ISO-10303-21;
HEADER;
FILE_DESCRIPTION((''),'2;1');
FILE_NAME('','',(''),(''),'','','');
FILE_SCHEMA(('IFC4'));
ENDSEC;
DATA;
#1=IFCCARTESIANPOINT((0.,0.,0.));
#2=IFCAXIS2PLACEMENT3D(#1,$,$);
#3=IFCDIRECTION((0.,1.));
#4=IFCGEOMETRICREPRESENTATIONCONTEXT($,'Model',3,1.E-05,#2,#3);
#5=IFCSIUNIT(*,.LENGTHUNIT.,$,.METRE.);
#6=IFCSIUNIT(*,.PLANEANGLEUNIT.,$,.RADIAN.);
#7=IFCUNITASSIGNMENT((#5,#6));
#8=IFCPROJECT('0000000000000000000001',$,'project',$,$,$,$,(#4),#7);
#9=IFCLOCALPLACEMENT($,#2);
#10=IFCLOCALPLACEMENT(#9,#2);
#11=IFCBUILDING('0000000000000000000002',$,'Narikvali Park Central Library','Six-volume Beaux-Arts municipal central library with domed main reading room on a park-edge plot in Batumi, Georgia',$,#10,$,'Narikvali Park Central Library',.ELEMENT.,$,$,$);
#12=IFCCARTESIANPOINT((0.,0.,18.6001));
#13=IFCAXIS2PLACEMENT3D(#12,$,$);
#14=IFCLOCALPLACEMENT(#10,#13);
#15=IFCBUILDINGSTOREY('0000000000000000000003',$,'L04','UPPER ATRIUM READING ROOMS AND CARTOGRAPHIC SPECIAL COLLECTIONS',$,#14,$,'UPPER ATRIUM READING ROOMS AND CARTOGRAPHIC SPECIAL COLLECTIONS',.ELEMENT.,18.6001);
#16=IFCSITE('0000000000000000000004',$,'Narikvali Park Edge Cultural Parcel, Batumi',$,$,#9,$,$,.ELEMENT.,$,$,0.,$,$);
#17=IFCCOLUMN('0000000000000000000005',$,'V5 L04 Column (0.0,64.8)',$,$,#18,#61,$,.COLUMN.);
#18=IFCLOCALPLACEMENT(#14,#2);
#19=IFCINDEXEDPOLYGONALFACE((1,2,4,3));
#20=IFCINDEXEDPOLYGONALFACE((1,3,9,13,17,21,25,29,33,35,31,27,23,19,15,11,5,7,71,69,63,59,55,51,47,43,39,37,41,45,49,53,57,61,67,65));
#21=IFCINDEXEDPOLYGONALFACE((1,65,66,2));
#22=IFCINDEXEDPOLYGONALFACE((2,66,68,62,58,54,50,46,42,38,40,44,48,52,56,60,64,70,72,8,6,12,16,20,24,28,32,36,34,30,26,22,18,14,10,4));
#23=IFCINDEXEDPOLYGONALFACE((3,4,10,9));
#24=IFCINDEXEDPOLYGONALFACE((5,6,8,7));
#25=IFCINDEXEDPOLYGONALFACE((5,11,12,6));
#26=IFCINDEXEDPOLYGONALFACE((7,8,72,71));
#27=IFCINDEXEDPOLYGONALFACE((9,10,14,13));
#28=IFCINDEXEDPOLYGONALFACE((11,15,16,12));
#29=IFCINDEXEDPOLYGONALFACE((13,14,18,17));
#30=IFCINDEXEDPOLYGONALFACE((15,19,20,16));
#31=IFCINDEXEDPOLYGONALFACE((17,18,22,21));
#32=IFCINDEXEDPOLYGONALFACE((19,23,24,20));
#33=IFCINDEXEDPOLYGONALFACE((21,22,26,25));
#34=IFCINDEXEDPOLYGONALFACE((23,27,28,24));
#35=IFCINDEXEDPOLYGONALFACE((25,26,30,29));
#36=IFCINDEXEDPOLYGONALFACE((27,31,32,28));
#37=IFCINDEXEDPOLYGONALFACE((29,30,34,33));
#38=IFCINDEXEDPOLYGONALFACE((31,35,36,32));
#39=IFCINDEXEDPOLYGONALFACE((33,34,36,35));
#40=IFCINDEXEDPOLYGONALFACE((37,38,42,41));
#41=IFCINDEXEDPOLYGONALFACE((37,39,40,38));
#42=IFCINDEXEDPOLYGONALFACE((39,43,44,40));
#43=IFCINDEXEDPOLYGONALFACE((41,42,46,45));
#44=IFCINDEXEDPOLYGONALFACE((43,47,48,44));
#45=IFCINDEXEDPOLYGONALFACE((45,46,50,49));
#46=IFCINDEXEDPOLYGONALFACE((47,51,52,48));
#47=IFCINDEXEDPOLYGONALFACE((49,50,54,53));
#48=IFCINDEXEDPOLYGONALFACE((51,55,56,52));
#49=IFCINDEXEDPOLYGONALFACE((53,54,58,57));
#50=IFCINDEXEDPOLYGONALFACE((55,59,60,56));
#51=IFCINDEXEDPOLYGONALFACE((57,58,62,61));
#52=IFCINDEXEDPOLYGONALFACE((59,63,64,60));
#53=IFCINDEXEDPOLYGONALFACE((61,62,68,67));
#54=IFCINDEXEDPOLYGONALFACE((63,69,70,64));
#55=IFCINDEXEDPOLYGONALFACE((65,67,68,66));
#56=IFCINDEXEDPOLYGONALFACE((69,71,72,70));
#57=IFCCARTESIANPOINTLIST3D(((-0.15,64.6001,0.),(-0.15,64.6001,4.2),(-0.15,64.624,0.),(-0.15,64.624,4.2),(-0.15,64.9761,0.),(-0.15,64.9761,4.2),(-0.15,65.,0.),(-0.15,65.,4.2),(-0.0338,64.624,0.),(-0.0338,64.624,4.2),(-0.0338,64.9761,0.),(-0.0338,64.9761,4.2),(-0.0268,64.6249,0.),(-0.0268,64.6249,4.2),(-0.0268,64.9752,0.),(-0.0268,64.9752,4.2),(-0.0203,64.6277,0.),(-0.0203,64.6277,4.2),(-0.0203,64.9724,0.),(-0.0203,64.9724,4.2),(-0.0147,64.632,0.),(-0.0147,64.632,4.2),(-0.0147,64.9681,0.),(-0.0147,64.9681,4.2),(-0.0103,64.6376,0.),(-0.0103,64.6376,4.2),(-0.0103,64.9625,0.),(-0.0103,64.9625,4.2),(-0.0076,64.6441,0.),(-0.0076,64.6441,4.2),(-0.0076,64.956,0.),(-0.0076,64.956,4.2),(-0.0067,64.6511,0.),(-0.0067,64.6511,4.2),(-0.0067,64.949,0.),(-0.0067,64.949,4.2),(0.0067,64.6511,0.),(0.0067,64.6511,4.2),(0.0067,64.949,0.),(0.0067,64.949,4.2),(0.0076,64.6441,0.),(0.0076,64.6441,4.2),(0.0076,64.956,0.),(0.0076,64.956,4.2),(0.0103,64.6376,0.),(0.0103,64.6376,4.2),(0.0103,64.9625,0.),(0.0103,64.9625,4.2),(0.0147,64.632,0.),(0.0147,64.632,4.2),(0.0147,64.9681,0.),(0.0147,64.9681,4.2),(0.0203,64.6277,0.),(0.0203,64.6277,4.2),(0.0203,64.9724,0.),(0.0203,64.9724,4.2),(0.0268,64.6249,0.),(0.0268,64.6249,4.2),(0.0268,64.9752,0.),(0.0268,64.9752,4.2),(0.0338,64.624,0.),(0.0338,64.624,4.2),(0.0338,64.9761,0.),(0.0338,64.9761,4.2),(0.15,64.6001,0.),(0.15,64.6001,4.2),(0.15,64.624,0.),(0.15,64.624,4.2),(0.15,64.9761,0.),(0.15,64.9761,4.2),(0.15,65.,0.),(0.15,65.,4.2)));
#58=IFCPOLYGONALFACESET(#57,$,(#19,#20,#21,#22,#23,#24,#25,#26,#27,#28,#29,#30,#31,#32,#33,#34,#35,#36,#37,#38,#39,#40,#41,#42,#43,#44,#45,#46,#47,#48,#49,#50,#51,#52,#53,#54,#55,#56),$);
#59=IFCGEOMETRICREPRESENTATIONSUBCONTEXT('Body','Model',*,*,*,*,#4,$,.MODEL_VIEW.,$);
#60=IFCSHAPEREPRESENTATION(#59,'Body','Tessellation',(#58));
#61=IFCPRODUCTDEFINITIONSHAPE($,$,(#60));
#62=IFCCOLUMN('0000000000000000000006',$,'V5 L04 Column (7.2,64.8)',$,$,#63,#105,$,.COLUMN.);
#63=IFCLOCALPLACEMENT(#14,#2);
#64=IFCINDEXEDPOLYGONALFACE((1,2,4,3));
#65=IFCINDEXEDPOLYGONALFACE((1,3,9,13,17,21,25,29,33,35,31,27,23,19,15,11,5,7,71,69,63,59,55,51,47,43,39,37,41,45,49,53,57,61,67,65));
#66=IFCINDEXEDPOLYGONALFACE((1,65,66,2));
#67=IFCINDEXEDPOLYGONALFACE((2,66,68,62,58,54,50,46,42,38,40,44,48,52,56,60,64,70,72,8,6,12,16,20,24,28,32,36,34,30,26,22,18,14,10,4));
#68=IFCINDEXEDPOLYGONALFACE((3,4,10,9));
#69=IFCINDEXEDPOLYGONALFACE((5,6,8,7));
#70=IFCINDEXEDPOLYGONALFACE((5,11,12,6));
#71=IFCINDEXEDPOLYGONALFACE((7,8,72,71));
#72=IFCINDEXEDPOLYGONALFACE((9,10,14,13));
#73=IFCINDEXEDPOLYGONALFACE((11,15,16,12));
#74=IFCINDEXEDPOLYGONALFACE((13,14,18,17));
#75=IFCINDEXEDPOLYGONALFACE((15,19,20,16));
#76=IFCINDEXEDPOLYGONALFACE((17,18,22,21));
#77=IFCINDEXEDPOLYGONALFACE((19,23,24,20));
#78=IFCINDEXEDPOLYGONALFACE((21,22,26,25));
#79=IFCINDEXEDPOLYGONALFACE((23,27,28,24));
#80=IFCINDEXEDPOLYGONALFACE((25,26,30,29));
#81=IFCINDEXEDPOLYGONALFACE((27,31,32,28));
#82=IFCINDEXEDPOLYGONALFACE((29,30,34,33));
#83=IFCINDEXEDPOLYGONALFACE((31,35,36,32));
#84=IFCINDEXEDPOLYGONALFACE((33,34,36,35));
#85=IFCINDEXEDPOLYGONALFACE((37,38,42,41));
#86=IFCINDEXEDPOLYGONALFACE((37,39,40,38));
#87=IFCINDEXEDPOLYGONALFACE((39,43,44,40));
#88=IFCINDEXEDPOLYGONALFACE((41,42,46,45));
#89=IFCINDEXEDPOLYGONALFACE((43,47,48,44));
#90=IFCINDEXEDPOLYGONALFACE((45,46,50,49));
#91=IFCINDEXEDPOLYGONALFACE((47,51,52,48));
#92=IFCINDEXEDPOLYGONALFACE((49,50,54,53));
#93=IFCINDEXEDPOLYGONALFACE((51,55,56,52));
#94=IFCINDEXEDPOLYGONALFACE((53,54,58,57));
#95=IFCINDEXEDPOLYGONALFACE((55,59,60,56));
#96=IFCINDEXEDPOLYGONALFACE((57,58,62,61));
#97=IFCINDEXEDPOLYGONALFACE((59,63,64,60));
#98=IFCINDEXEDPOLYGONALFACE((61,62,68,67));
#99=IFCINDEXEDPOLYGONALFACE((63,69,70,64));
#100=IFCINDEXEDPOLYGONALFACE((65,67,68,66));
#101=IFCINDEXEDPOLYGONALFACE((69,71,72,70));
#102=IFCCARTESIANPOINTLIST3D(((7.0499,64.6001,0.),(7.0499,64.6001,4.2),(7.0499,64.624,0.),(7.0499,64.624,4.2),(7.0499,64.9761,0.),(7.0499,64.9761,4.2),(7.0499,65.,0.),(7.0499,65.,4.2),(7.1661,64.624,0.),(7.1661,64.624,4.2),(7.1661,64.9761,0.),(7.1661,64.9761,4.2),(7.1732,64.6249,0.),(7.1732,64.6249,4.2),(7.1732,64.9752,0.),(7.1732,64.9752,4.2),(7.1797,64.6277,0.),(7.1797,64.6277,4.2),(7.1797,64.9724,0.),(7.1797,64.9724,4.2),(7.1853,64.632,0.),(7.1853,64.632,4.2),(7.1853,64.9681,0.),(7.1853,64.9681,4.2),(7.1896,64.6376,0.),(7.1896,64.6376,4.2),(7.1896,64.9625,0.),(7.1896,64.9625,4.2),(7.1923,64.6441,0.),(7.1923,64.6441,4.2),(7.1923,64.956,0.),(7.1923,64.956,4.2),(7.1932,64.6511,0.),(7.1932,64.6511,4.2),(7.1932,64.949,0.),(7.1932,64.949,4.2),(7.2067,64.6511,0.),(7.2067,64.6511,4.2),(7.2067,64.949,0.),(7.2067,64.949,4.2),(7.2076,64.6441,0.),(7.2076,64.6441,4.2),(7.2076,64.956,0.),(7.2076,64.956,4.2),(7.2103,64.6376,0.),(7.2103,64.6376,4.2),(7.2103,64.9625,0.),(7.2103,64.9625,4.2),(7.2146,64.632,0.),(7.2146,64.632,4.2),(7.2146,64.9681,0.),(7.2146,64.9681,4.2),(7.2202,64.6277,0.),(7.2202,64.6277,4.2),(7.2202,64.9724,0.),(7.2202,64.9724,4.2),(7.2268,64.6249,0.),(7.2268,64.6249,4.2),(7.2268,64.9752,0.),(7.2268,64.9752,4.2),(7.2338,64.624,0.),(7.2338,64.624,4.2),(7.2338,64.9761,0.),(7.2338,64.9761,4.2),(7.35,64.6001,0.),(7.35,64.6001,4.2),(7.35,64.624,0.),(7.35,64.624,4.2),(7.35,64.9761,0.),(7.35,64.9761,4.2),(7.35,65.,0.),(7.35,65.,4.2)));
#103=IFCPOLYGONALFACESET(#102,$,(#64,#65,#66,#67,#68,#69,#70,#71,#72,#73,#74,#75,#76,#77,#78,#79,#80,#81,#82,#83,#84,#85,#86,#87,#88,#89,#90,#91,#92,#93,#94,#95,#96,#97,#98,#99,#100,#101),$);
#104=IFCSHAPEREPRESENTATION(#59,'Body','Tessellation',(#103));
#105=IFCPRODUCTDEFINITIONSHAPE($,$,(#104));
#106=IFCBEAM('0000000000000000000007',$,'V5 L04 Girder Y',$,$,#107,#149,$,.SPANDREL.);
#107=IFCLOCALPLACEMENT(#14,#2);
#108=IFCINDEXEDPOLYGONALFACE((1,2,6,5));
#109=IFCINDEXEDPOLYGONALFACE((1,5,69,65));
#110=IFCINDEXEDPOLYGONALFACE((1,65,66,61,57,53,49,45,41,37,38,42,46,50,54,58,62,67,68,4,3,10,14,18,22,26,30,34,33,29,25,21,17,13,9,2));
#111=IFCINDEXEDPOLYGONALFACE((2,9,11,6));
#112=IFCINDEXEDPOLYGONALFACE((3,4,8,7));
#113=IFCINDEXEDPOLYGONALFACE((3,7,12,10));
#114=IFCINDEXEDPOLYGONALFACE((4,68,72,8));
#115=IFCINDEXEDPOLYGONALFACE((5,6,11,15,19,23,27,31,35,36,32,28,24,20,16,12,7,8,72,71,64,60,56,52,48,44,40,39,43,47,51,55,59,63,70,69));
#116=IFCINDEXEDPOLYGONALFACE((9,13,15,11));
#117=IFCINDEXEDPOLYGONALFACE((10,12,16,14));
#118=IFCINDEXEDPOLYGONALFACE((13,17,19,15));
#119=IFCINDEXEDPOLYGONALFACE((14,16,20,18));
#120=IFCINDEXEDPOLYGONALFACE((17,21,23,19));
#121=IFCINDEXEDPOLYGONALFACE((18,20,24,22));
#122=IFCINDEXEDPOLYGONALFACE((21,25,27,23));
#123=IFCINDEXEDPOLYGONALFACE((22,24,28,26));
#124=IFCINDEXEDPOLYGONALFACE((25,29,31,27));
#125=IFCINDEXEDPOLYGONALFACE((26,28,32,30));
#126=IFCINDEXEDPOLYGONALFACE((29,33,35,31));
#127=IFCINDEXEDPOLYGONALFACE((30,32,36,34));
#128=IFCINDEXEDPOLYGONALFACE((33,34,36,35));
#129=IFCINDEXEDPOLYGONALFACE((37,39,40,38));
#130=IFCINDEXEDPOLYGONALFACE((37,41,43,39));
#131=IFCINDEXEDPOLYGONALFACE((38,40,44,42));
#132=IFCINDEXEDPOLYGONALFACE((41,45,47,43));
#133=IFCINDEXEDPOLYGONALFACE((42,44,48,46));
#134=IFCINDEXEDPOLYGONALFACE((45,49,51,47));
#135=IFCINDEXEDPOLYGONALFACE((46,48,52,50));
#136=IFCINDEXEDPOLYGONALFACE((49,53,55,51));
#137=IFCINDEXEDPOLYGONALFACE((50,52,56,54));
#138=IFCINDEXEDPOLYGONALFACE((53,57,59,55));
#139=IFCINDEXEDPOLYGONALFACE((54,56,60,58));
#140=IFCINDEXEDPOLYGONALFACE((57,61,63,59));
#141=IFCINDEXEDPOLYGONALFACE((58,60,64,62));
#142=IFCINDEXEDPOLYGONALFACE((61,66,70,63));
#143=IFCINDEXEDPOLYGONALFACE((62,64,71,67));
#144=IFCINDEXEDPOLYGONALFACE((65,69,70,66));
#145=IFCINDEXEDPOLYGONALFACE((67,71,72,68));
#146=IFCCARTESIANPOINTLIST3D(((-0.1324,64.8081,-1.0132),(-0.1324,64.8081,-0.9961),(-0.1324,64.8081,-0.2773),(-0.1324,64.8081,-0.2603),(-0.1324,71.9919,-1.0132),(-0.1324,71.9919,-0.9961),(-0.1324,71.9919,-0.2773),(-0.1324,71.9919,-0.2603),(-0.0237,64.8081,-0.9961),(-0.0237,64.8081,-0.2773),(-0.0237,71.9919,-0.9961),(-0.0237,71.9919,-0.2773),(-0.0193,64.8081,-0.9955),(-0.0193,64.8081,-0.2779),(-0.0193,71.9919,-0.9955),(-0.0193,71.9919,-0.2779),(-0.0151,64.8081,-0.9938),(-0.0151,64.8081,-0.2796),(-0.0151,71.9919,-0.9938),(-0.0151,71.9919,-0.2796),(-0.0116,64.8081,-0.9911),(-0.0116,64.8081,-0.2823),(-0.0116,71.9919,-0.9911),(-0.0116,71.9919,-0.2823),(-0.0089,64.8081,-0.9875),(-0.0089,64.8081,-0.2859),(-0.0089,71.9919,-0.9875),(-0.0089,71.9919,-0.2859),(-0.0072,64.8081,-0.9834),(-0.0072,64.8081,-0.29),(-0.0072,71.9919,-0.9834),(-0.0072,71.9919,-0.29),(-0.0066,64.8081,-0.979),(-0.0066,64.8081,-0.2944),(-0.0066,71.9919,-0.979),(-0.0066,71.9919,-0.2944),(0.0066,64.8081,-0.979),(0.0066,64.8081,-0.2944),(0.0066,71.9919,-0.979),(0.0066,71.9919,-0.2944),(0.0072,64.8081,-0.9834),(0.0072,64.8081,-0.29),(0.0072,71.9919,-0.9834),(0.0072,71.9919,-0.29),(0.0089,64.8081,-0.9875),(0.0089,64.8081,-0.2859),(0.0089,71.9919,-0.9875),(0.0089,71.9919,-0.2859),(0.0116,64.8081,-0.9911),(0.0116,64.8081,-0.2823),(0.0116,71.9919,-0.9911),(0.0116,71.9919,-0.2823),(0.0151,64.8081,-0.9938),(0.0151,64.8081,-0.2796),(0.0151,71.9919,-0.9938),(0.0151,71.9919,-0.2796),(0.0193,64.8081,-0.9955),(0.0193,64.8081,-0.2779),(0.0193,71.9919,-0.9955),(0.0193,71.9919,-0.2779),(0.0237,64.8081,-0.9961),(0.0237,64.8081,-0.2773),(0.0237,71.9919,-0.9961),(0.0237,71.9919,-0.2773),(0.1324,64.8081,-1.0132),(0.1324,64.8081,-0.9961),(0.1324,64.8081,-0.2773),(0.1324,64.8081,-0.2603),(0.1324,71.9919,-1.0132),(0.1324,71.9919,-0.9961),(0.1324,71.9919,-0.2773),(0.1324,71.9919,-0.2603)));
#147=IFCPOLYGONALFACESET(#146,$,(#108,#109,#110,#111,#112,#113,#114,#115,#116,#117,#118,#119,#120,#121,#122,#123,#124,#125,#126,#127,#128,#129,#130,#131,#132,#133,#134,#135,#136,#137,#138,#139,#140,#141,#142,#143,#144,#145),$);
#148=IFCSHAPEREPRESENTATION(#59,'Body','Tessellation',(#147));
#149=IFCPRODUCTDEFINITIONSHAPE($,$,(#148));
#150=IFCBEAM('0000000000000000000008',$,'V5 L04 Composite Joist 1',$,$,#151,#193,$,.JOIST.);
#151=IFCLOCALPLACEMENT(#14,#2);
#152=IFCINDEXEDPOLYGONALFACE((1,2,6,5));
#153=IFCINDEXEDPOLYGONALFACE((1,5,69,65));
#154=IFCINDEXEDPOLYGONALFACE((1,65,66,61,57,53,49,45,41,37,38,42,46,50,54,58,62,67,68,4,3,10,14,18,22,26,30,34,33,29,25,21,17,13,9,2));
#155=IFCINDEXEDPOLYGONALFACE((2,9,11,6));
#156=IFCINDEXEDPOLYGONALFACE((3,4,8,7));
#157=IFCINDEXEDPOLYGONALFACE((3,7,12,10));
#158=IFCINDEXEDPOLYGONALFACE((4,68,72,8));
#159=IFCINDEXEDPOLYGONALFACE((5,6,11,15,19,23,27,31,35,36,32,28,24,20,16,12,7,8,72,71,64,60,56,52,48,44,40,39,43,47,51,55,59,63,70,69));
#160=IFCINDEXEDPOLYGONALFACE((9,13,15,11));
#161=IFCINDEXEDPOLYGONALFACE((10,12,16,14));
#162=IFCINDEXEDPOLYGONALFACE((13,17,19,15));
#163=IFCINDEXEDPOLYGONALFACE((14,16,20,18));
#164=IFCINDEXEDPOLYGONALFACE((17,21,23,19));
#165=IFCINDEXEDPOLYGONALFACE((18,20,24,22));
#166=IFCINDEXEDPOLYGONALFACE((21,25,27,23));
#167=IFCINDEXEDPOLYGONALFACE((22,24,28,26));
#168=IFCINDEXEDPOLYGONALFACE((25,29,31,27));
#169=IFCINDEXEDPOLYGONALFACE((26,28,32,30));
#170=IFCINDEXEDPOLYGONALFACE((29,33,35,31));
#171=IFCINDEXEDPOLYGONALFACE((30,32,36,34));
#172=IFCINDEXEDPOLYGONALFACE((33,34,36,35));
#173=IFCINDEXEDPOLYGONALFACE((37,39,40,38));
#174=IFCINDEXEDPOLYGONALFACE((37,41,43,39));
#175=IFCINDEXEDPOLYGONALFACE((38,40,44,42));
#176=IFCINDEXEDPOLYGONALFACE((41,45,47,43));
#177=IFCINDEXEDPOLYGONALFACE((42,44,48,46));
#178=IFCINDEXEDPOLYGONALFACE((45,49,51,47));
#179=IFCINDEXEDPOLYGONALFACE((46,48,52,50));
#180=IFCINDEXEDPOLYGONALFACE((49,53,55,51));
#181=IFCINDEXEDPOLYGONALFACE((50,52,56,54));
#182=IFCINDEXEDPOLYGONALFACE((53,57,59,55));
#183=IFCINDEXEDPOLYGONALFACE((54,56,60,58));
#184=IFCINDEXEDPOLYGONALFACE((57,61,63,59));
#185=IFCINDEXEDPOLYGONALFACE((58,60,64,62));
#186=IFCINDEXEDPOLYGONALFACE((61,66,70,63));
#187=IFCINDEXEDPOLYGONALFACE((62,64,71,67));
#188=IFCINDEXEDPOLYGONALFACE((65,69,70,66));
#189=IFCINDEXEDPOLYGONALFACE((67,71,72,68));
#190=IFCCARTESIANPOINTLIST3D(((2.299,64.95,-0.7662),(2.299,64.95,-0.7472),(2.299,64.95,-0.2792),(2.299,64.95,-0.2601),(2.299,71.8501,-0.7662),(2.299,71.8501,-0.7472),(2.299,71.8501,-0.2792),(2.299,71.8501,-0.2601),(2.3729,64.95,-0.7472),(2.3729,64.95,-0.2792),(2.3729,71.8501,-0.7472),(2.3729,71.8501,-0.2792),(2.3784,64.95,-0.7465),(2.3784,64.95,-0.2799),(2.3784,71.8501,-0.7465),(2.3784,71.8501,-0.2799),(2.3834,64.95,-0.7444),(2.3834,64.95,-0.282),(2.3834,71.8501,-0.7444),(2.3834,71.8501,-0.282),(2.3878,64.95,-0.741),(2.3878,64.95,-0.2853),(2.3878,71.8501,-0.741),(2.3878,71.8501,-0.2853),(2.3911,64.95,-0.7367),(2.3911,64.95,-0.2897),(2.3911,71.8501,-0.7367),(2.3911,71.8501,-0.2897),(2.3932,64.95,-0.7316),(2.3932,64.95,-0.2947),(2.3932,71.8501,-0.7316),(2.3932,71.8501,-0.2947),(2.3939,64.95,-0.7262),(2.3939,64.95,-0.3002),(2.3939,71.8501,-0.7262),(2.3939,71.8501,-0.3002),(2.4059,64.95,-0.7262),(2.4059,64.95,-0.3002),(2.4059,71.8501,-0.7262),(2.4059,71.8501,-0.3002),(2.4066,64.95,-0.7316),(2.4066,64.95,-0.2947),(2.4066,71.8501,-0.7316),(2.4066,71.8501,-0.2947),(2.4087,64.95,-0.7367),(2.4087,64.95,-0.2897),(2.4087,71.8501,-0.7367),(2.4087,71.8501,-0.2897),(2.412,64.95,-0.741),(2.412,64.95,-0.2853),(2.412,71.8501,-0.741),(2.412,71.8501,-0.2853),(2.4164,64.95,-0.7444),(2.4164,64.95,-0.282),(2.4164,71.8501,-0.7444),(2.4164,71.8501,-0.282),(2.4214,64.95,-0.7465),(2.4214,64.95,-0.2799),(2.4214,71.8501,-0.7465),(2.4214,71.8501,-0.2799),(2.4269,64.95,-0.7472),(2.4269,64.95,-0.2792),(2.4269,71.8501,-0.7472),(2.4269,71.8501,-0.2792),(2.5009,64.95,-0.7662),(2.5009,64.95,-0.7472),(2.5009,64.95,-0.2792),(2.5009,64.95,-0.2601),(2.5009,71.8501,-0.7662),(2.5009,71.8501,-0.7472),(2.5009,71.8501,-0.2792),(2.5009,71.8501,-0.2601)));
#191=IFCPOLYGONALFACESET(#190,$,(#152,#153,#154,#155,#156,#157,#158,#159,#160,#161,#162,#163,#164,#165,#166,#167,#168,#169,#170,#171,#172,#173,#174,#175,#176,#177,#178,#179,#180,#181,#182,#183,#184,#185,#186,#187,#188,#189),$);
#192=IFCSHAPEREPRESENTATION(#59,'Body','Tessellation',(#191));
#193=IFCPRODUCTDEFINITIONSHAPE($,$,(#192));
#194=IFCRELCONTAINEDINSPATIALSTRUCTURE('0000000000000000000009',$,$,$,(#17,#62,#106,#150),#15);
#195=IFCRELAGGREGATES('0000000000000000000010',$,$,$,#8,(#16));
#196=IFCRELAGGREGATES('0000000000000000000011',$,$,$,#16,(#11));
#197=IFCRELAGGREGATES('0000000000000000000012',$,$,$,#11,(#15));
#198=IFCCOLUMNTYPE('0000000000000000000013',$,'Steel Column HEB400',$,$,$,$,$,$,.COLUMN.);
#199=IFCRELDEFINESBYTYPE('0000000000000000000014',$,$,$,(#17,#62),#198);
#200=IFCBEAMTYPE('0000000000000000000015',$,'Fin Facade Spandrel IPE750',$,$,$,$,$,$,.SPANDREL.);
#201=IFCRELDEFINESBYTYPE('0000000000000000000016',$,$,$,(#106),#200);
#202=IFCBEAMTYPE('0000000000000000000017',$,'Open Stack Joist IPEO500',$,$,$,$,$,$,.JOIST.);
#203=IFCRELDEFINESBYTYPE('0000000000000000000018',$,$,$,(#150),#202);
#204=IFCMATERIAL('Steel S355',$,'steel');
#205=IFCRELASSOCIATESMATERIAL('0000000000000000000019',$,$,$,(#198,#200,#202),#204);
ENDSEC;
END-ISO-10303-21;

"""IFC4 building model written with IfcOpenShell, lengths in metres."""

from ifc_helpers import new_model, si_unit, direction, frame, origin, origin_2d, place, context, subcontext, project, spatial, i_section, extrude, material, material_profile, profile_set, type_object, element, save


model = new_model("IFC4")

# Units and contexts
model_context = context("Model", 3, precision=1e-05, world=origin(), true_north=direction((0.0, 1.0)))
body_context = subcontext(model_context, "Body", "Model", "MODEL_VIEW")
ifc_project = project(units=[si_unit("LENGTHUNIT", "METRE"), si_unit("PLANEANGLEUNIT", "RADIAN")], contexts=[model_context])

# Site, building, storey
site_placement = place(None, origin())
site = spatial("IfcSite", under=ifc_project, at=site_placement, Name="Narikvali Park Edge Cultural Parcel, Batumi", CompositionType="ELEMENT", RefElevation=0.0)
building_placement = place(site_placement, origin())
building = spatial("IfcBuilding", under=site, at=building_placement, Name="Narikvali Park Central Library", Description="Six-volume Beaux-Arts municipal central library with domed main reading room on a park-edge plot in Batumi, Georgia", LongName="Narikvali Park Central Library", CompositionType="ELEMENT")
storey_placement = place(building_placement, frame((0.0, 0.0, 18.6001)))
storey = spatial("IfcBuildingStorey", under=building, at=storey_placement, Name="L04", Description="UPPER ATRIUM READING ROOMS AND CARTOGRAPHIC SPECIAL COLLECTIONS", LongName="UPPER ATRIUM READING ROOMS AND CARTOGRAPHIC SPECIAL COLLECTIONS", CompositionType="ELEMENT", Elevation=18.6001)

# Columns
ifc_material_1 = material(Name="Steel S355", Category="steel")
ifc_material_profile_1 = material_profile(ifc_material_1, i_section(OverallWidth=0.3, OverallDepth=0.3999, WebThickness=0.0134, FlangeThickness=0.0239, FilletRadius=0.0271, at=origin_2d()), Name="HEB 400")
ifc_profile_set_1 = profile_set([ifc_material_profile_1], Name="Steel S355")
column_type = type_object("IfcColumnType", Name="Steel Column HEB400", PredefinedType="COLUMN", material=ifc_profile_set_1)
for number, where, z_axis, x_axis, name in (
    (1, (0.0, 64.8, 0.0), (0.0, 0.0, 1.0), (1.0, 0.0, 0.0), "V5 L04 Column (0.0,64.8)"),
    (2, (7.2, 64.8, 0.0), (0.0, 0.0, 1.0), (1.0, 0.0, 0.0), "V5 L04 Column (7.2,64.8)"),
):
    element("IfcColumn", number, at=place(storey_placement, frame(where, z_axis=z_axis, x_axis=x_axis)), inside=storey, type_object=column_type, Name=name, PredefinedType="COLUMN", context=body_context, shape_type="SweptSolid", body=[
        extrude(i_section(OverallWidth=0.3, OverallDepth=0.3999, WebThickness=0.0134, FlangeThickness=0.0239, FilletRadius=0.0271, at=origin_2d()), origin(), (0.0, 0.0, 1.0), 4.2),
    ])

# Beams
ifc_material_profile_2 = material_profile(ifc_material_1, i_section(OverallWidth=0.2649, OverallDepth=0.7529, WebThickness=0.0132, FlangeThickness=0.0171, FilletRadius=0.0171, at=origin_2d()), Name="IPE 750x147")
ifc_profile_set_2 = profile_set([ifc_material_profile_2], Name="Steel S355")
beam_type_1 = type_object("IfcBeamType", Name="Fin Facade Spandrel IPE750", PredefinedType="SPANDREL", material=ifc_profile_set_2)
beam_1_placement = place(storey_placement, frame((0.0, 64.8081, -0.6367), z_axis=(0.0, 1.0, 0.0), x_axis=(-1.0, 0.0, 0.0)))
element("IfcBeam", 3, at=beam_1_placement, inside=storey, type_object=beam_type_1, Name="V5 L04 Girder Y", PredefinedType="SPANDREL", context=body_context, shape_type="SweptSolid", body=[
    extrude(i_section(OverallWidth=0.2649, OverallDepth=0.7529, WebThickness=0.0132, FlangeThickness=0.0171, FilletRadius=0.0171, at=origin_2d()), origin(), (0.0, 0.0, 1.0), 7.1838),
])
ifc_material_profile_3 = material_profile(ifc_material_1, i_section(OverallWidth=0.2019, OverallDepth=0.5061, WebThickness=0.012, FlangeThickness=0.019, FilletRadius=0.021, at=origin_2d()), Name="IPEO 500")
ifc_profile_set_3 = profile_set([ifc_material_profile_3], Name="Steel S355")
beam_type_2 = type_object("IfcBeamType", Name="Open Stack Joist IPEO500", PredefinedType="JOIST", material=ifc_profile_set_3)
for number, where, z_axis, x_axis, name in (
    (4, (2.3999, 64.95, -0.5132), (0.0, 1.0, 0.0), (-1.0, 0.0, 0.0), "V5 L04 Composite Joist 1"),
):
    element("IfcBeam", number, at=place(storey_placement, frame(where, z_axis=z_axis, x_axis=x_axis)), inside=storey, type_object=beam_type_2, Name=name, PredefinedType="JOIST", context=body_context, shape_type="SweptSolid", body=[
        extrude(i_section(OverallWidth=0.2019, OverallDepth=0.5061, WebThickness=0.012, FlangeThickness=0.019, FilletRadius=0.021, at=origin_2d()), origin(), (0.0, 0.0, 1.0), 6.9001),
    ])

save(model, "model.ifc")
